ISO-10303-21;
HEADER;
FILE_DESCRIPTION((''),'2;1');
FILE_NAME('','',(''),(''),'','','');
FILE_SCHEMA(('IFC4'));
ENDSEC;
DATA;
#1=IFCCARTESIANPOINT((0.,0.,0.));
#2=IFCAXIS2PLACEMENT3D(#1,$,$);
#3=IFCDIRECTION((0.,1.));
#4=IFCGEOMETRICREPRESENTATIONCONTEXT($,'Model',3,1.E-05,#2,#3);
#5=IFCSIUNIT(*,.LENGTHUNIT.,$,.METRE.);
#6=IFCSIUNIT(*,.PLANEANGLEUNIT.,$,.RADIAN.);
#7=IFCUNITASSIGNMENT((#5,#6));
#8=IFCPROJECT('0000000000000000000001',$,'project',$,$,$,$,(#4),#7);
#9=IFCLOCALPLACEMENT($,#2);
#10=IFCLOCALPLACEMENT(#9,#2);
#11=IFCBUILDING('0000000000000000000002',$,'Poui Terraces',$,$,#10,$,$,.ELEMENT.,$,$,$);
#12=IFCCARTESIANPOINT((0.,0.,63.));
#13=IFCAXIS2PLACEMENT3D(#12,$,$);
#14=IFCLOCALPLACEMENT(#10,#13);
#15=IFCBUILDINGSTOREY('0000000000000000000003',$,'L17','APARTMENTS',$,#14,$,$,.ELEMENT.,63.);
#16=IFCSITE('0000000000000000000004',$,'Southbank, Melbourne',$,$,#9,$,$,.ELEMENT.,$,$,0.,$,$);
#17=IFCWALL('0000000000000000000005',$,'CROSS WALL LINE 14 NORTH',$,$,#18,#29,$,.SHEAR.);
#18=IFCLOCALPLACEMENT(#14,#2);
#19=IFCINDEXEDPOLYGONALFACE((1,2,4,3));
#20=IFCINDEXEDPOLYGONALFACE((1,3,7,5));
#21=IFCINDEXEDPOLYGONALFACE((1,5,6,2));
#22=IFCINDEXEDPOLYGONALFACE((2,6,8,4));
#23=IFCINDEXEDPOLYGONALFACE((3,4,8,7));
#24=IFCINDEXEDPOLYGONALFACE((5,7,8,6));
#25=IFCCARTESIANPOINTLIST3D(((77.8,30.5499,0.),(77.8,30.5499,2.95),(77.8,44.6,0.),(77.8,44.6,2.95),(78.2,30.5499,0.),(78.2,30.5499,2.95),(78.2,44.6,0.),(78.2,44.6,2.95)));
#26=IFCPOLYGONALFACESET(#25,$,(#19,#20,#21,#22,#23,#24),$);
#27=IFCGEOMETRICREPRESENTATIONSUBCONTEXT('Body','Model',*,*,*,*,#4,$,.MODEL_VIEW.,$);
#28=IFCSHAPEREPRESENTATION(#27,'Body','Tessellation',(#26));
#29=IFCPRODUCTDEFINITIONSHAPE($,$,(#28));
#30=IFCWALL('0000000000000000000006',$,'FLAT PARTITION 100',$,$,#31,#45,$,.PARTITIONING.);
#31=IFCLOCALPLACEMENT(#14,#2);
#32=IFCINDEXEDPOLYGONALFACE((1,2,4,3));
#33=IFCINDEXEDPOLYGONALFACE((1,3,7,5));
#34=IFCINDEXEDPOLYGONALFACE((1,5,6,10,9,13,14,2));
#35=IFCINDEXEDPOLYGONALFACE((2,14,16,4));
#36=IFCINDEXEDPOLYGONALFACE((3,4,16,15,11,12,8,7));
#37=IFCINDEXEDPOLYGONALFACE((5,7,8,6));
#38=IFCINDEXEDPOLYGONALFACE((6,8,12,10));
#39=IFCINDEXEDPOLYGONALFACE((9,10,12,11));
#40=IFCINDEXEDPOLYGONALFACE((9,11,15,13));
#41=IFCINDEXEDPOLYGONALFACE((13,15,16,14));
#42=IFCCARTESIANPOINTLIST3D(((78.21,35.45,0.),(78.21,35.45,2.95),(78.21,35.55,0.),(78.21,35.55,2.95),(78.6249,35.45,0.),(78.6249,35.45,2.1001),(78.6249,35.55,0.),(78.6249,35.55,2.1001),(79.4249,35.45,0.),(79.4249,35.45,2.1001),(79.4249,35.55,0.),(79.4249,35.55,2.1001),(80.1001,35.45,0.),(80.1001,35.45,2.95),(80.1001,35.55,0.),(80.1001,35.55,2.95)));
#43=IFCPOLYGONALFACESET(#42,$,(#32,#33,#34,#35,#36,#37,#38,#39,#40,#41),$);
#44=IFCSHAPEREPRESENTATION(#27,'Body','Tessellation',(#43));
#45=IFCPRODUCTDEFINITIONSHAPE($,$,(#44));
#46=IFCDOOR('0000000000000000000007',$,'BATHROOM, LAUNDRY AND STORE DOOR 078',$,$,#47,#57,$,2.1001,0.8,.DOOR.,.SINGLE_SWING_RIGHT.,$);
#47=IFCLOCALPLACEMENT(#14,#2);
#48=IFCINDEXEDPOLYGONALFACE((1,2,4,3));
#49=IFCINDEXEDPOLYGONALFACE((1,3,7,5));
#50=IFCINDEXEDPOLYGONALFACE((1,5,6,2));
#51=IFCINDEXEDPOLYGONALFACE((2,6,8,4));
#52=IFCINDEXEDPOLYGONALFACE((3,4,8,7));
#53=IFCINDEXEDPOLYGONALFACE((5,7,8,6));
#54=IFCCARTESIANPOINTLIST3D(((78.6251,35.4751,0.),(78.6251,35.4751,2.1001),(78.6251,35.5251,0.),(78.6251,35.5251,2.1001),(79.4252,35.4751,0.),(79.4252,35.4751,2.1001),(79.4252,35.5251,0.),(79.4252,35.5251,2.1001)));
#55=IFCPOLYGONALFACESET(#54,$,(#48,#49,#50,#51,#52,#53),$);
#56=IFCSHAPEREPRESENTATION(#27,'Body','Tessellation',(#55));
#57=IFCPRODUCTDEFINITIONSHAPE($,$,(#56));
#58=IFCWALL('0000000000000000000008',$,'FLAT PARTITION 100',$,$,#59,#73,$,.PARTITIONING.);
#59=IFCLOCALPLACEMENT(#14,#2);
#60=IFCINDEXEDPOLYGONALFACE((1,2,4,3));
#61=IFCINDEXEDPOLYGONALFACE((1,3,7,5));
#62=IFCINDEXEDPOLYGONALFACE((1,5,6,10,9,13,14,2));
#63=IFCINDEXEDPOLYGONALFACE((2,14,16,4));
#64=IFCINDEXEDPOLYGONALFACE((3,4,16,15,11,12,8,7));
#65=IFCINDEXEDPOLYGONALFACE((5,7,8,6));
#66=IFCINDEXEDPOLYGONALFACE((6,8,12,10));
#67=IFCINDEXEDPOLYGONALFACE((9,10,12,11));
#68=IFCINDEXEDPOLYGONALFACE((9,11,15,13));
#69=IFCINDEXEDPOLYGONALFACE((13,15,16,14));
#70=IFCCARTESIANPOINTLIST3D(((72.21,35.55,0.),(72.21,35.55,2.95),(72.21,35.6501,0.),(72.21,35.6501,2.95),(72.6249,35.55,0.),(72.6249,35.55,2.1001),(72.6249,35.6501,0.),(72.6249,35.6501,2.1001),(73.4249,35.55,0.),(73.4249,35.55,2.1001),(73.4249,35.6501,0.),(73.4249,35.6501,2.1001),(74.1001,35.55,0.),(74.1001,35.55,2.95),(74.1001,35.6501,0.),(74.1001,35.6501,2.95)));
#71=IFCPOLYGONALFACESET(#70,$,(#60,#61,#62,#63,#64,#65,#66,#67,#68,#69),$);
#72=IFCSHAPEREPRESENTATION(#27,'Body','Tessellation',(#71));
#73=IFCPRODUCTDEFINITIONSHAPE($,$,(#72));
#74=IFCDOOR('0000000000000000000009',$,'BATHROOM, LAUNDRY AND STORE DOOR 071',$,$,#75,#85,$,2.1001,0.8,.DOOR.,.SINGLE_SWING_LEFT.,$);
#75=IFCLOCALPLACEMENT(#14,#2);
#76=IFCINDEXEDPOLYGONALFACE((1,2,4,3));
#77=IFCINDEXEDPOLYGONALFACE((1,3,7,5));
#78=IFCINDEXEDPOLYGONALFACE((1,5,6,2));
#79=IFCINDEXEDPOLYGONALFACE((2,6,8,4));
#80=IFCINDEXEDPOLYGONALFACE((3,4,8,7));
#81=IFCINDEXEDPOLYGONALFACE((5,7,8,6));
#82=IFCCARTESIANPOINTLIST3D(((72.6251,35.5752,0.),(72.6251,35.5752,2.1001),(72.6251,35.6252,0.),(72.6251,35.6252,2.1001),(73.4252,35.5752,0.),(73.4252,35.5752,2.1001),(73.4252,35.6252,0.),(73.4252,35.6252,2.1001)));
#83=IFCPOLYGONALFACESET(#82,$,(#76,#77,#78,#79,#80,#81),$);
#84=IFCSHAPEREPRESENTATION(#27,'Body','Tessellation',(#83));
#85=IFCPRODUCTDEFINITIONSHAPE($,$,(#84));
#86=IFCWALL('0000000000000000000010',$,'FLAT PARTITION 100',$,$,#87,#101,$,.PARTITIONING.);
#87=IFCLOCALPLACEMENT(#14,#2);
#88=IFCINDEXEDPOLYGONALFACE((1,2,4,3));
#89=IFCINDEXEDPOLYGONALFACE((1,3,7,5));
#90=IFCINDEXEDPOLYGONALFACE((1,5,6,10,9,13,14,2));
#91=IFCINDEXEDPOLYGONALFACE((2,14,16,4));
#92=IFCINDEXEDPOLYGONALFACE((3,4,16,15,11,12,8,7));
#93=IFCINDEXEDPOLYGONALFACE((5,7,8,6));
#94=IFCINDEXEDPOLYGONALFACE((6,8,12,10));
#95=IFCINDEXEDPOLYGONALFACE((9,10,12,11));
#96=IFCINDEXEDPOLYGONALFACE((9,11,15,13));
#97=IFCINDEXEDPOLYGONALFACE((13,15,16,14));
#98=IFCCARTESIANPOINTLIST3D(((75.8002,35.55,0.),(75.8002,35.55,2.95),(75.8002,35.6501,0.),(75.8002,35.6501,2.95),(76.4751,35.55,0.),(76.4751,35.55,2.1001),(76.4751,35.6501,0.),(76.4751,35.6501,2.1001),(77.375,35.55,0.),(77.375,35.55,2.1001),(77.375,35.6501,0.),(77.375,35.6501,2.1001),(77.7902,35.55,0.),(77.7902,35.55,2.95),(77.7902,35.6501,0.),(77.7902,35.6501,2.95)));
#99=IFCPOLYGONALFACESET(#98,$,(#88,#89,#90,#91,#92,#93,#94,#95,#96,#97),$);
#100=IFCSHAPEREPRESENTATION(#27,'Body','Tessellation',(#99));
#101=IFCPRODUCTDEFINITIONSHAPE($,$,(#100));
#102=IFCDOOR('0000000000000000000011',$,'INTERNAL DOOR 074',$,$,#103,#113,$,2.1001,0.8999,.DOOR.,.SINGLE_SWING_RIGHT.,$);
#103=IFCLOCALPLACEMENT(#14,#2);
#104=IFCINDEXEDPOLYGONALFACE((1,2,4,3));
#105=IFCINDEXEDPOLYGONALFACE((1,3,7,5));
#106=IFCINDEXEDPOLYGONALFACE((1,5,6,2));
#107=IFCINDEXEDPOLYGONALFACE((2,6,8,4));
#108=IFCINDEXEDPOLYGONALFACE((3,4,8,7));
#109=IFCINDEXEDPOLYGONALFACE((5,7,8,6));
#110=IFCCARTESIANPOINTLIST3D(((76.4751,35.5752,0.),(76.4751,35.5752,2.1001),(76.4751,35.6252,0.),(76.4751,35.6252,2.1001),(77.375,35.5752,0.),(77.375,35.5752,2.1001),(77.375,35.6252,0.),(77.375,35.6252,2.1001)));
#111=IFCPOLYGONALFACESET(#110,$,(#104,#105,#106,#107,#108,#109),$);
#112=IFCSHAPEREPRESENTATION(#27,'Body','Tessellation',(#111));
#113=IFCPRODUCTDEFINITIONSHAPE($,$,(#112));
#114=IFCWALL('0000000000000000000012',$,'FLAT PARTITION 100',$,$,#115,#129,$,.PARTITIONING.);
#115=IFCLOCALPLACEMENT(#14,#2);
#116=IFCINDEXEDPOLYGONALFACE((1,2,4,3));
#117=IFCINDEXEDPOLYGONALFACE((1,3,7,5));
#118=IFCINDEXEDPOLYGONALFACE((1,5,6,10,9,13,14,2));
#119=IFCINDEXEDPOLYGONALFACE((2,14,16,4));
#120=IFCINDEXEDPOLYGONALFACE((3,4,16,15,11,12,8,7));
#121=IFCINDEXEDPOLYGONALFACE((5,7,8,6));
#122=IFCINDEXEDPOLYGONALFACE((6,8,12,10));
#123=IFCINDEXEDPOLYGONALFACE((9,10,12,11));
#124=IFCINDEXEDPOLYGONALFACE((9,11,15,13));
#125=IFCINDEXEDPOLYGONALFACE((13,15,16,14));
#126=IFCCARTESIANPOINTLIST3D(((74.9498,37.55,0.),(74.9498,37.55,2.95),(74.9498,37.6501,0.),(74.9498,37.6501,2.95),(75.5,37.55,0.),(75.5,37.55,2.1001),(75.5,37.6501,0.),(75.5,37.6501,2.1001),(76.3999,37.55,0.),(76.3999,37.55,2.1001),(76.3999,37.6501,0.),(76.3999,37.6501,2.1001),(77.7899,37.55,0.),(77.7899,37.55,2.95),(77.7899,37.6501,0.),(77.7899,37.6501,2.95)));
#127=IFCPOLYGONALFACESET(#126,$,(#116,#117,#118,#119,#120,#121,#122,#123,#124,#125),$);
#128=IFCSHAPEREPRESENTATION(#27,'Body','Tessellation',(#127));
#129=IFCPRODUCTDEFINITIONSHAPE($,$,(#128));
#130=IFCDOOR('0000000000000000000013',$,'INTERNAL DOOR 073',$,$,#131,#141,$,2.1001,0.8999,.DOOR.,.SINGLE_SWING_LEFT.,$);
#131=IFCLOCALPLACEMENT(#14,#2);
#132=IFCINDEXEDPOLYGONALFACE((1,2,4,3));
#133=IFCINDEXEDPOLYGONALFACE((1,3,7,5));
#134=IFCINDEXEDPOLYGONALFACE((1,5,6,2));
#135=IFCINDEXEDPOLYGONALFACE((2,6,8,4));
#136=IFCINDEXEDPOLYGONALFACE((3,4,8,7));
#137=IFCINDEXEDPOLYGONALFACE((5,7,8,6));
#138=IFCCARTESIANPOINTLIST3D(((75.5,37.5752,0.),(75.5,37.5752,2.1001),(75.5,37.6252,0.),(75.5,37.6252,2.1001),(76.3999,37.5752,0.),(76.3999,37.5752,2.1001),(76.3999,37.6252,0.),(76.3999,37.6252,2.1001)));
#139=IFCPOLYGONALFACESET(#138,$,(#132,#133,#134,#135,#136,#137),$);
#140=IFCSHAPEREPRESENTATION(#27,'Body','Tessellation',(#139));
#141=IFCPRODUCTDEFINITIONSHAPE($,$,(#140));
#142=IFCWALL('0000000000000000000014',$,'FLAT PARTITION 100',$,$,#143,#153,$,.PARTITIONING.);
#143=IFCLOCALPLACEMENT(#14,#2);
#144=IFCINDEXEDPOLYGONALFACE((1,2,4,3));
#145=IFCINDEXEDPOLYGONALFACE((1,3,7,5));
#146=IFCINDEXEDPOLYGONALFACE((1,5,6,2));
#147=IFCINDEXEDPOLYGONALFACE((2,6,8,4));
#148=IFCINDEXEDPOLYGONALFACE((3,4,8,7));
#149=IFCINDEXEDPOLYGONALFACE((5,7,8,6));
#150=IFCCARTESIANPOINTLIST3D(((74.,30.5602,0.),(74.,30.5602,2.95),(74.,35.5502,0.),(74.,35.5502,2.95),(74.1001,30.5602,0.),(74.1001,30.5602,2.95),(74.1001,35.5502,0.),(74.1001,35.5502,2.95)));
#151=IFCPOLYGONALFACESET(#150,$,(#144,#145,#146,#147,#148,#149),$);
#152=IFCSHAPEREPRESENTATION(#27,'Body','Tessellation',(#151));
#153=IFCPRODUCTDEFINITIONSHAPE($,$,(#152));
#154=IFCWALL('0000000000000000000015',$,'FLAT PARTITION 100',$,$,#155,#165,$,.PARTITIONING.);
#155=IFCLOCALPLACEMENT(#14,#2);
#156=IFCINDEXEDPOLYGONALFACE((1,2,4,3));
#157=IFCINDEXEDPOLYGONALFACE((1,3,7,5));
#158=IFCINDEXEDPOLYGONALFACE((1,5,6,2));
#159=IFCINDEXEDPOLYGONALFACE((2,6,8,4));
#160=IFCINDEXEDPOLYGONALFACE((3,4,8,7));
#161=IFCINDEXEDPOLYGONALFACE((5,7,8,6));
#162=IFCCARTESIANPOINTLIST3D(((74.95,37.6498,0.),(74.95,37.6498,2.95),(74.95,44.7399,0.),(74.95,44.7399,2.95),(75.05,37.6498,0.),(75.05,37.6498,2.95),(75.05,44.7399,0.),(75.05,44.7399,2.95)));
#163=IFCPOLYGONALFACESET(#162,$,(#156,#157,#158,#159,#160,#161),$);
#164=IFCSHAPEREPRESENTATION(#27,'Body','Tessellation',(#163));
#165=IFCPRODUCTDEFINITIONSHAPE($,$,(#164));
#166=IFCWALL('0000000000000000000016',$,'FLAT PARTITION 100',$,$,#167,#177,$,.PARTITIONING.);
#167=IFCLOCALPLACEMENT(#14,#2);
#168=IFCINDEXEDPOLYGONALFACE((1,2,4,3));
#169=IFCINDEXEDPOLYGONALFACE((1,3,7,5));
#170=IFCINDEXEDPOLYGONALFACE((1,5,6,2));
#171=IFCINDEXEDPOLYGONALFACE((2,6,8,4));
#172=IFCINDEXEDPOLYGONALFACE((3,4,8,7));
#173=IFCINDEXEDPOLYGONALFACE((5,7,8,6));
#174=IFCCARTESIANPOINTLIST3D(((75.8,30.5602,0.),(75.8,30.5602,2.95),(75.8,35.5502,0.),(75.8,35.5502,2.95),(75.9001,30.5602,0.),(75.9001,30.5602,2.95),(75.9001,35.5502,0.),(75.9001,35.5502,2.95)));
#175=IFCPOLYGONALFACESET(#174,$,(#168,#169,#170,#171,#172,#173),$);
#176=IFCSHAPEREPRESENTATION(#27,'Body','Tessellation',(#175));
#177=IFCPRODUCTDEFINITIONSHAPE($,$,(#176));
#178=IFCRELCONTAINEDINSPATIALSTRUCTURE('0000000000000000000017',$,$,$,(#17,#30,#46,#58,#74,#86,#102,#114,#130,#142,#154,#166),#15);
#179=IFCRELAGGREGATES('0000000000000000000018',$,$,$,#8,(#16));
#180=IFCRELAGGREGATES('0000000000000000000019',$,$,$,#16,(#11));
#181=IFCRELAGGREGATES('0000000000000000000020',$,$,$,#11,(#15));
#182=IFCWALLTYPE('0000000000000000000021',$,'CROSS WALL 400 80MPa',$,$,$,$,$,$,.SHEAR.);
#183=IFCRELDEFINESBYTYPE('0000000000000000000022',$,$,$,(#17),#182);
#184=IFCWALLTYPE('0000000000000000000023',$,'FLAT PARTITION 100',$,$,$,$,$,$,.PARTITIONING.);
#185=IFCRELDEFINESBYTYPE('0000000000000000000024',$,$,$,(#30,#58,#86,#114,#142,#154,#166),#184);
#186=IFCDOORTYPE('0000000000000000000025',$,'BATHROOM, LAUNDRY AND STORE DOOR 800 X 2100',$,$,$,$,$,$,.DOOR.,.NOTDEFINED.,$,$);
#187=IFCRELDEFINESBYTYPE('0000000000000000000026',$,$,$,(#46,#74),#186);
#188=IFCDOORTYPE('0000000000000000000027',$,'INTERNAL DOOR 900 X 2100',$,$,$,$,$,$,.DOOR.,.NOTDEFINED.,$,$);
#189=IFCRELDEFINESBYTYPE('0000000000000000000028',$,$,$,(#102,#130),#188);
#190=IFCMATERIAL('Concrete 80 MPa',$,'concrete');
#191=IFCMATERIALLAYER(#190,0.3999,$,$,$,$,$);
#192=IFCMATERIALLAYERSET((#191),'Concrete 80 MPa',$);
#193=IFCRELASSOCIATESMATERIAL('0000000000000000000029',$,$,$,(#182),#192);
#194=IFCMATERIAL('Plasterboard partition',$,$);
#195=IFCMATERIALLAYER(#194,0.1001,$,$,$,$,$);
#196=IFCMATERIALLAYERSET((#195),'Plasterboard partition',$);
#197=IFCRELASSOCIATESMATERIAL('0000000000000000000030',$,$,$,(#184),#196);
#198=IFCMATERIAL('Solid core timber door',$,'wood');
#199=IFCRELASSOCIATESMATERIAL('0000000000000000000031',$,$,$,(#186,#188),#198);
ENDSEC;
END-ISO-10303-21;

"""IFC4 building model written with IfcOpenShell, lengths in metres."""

from ifc_helpers import new_model, si_unit, direction, frame, frame_2d, origin, place, context, subcontext, project, spatial, rectangle, extrude, material, layer, layer_set, type_object, element, fill, save


model = new_model("IFC4")

# Units and contexts
model_context = context("Model", 3, precision=1e-05, world=origin(), true_north=direction((0.0, 1.0)))
body_context = subcontext(model_context, "Body", "Model", "MODEL_VIEW")
ifc_project = project(units=[si_unit("LENGTHUNIT", "METRE"), si_unit("PLANEANGLEUNIT", "RADIAN")], contexts=[model_context])

# Site, building, storey
site_placement = place(None, origin())
site = spatial("IfcSite", under=ifc_project, at=site_placement, Name="Southbank, Melbourne", CompositionType="ELEMENT", RefElevation=0.0)
building_placement = place(site_placement, origin())
building = spatial("IfcBuilding", under=site, at=building_placement, Name="Poui Terraces", CompositionType="ELEMENT")
storey_placement = place(building_placement, frame((0.0, 0.0, 63.0)))
storey = spatial("IfcBuildingStorey", under=building, at=storey_placement, Name="L17", Description="APARTMENTS", CompositionType="ELEMENT", Elevation=63.0)

# Wall
ifc_material_1 = material(Name="Concrete 80 MPa", Category="concrete")
ifc_layer_1 = layer(ifc_material_1, 0.3999)
ifc_layer_set_1 = layer_set([ifc_layer_1], Name="Concrete 80 MPa")
wall_type_1 = type_object("IfcWallType", Name="CROSS WALL 400 80MPa", PredefinedType="SHEAR", material=ifc_layer_set_1)
wall_1_placement = place(storey_placement, frame((78.0, 30.55, 0.0), z_axis=(0.0, 0.0, 1.0), x_axis=(0.0, 1.0, 0.0)))
element("IfcWall", 1, at=wall_1_placement, inside=storey, type_object=wall_type_1, Name="CROSS WALL LINE 14 NORTH", PredefinedType="SHEAR", context=body_context, shape_type="SweptSolid", body=[
    extrude(rectangle(XDim=14.05, YDim=0.3999, at=frame_2d((7.0249, 0.0))), origin(), (0.0, 0.0, 1.0), 2.95),
])

# Walls, openings, doors
ifc_material_2 = material(Name="Plasterboard partition")
ifc_layer_2 = layer(ifc_material_2, 0.1001)
ifc_layer_set_2 = layer_set([ifc_layer_2], Name="Plasterboard partition")
wall_type_2 = type_object("IfcWallType", Name="FLAT PARTITION 100", PredefinedType="PARTITIONING", material=ifc_layer_set_2)
wall_2_placement = place(storey_placement, frame((78.21, 35.5, 0.0), z_axis=(0.0, 0.0, 1.0), x_axis=(1.0, 0.0, 0.0)))
wall_2 = element("IfcWall", 2, at=wall_2_placement, inside=storey, type_object=wall_type_2, Name="FLAT PARTITION 100", PredefinedType="PARTITIONING", context=body_context, shape_type="SweptSolid", body=[
    extrude(rectangle(XDim=1.8901, YDim=0.1001, at=frame_2d((0.9451, 0.0))), origin(), (0.0, 0.0, 1.0), 2.95),
])
opening_1_placement = place(wall_2_placement, frame((0.415, 0.0, 0.0)))
opening_1 = element("IfcOpeningElement", 3, at=opening_1_placement, cuts=wall_2, PredefinedType="OPENING", context=body_context, shape_type="SweptSolid", body=[
    extrude(rectangle(XDim=0.8, YDim=2.1001, at=frame_2d((0.3999, 1.05))), frame((0.0, 0.0601, 0.0), z_axis=(0.0, -1.0, 0.0), x_axis=(1.0, 0.0, 0.0)), (0.0, 0.0, 1.0), 0.1201),
])
ifc_material_3 = material(Name="Solid core timber door", Category="wood")
door_type_1 = type_object("IfcDoorType", Name="BATHROOM, LAUNDRY AND STORE DOOR 800 X 2100", OperationType="NOTDEFINED", PredefinedType="DOOR", material=ifc_material_3)
door_1_placement = place(opening_1_placement, frame((0.8, 0.0, 0.0), z_axis=(0.0, 0.0, 1.0), x_axis=(-1.0, 0.0, 0.0)))
door_1 = element("IfcDoor", 4, at=door_1_placement, inside=storey, type_object=door_type_1, Name="BATHROOM, LAUNDRY AND STORE DOOR 078", OperationType="SINGLE_SWING_RIGHT", OverallHeight=2.1001, OverallWidth=0.8, PredefinedType="DOOR", context=body_context, shape_type="SweptSolid", body=[
    extrude(rectangle(XDim=0.8, YDim=2.1001, at=frame_2d((0.3999, 1.05))), frame((0.0, 0.0249, 0.0), z_axis=(0.0, -1.0, 0.0), x_axis=(1.0, 0.0, 0.0)), (0.0, 0.0, 1.0), 0.05),
])
fill(opening_1, door_1)
wall_3_placement = place(storey_placement, frame((72.21, 35.6001, 0.0), z_axis=(0.0, 0.0, 1.0), x_axis=(1.0, 0.0, 0.0)))
wall_3 = element("IfcWall", 5, at=wall_3_placement, inside=storey, type_object=wall_type_2, Name="FLAT PARTITION 100", PredefinedType="PARTITIONING", context=body_context, shape_type="SweptSolid", body=[
    extrude(rectangle(XDim=1.8901, YDim=0.1001, at=frame_2d((0.9451, 0.0))), origin(), (0.0, 0.0, 1.0), 2.95),
])
opening_2_placement = place(wall_3_placement, frame((0.415, 0.0, 0.0)))
opening_2 = element("IfcOpeningElement", 6, at=opening_2_placement, cuts=wall_3, PredefinedType="OPENING", context=body_context, shape_type="SweptSolid", body=[
    extrude(rectangle(XDim=0.8, YDim=2.1001, at=frame_2d((0.3999, 1.05))), frame((0.0, 0.0601, 0.0), z_axis=(0.0, -1.0, 0.0), x_axis=(1.0, 0.0, 0.0)), (0.0, 0.0, 1.0), 0.1201),
])
door_2_placement = place(opening_2_placement, frame((0.8, 0.0, 0.0), z_axis=(0.0, 0.0, 1.0), x_axis=(-1.0, 0.0, 0.0)))
door_2 = element("IfcDoor", 7, at=door_2_placement, inside=storey, type_object=door_type_1, Name="BATHROOM, LAUNDRY AND STORE DOOR 071", OperationType="SINGLE_SWING_LEFT", OverallHeight=2.1001, OverallWidth=0.8, PredefinedType="DOOR", context=body_context, shape_type="SweptSolid", body=[
    extrude(rectangle(XDim=0.8, YDim=2.1001, at=frame_2d((0.3999, 1.05))), frame((0.0, 0.0249, 0.0), z_axis=(0.0, -1.0, 0.0), x_axis=(1.0, 0.0, 0.0)), (0.0, 0.0, 1.0), 0.05),
])
fill(opening_2, door_2)
wall_4_placement = place(storey_placement, frame((75.8, 35.6001, 0.0), z_axis=(0.0, 0.0, 1.0), x_axis=(1.0, 0.0, 0.0)))
wall_4 = element("IfcWall", 8, at=wall_4_placement, inside=storey, type_object=wall_type_2, Name="FLAT PARTITION 100", PredefinedType="PARTITIONING", context=body_context, shape_type="SweptSolid", body=[
    extrude(rectangle(XDim=1.99, YDim=0.1001, at=frame_2d((0.9951, 0.0))), origin(), (0.0, 0.0, 1.0), 2.95),
])
opening_3_placement = place(wall_4_placement, frame((0.675, 0.0, 0.0)))
opening_3 = element("IfcOpeningElement", 9, at=opening_3_placement, cuts=wall_4, PredefinedType="OPENING", context=body_context, shape_type="SweptSolid", body=[
    extrude(rectangle(XDim=0.8999, YDim=2.1001, at=frame_2d((0.45, 1.05))), frame((0.0, 0.0601, 0.0), z_axis=(0.0, -1.0, 0.0), x_axis=(1.0, 0.0, 0.0)), (0.0, 0.0, 1.0), 0.1201),
])
door_type_2 = type_object("IfcDoorType", Name="INTERNAL DOOR 900 X 2100", OperationType="NOTDEFINED", PredefinedType="DOOR", material=ifc_material_3)
door_3_placement = place(opening_3_placement, frame((0.8999, 0.0, 0.0), z_axis=(0.0, 0.0, 1.0), x_axis=(-1.0, 0.0, 0.0)))
door_3 = element("IfcDoor", 10, at=door_3_placement, inside=storey, type_object=door_type_2, Name="INTERNAL DOOR 074", OperationType="SINGLE_SWING_RIGHT", OverallHeight=2.1001, OverallWidth=0.8999, PredefinedType="DOOR", context=body_context, shape_type="SweptSolid", body=[
    extrude(rectangle(XDim=0.8999, YDim=2.1001, at=frame_2d((0.45, 1.05))), frame((0.0, 0.0249, 0.0), z_axis=(0.0, -1.0, 0.0), x_axis=(1.0, 0.0, 0.0)), (0.0, 0.0, 1.0), 0.05),
])
fill(opening_3, door_3)
wall_5_placement = place(storey_placement, frame((74.95, 37.6001, 0.0), z_axis=(0.0, 0.0, 1.0), x_axis=(1.0, 0.0, 0.0)))
wall_5 = element("IfcWall", 11, at=wall_5_placement, inside=storey, type_object=wall_type_2, Name="FLAT PARTITION 100", PredefinedType="PARTITIONING", context=body_context, shape_type="SweptSolid", body=[
    extrude(rectangle(XDim=2.8401, YDim=0.1001, at=frame_2d((1.4199, 0.0))), origin(), (0.0, 0.0, 1.0), 2.95),
])
opening_4_placement = place(wall_5_placement, frame((0.55, 0.0, 0.0)))
opening_4 = element("IfcOpeningElement", 12, at=opening_4_placement, cuts=wall_5, PredefinedType="OPENING", context=body_context, shape_type="SweptSolid", body=[
    extrude(rectangle(XDim=0.8999, YDim=2.1001, at=frame_2d((0.45, 1.05))), frame((0.0, 0.0601, 0.0), z_axis=(0.0, -1.0, 0.0), x_axis=(1.0, 0.0, 0.0)), (0.0, 0.0, 1.0), 0.1201),
])
door_4_placement = place(opening_4_placement, frame((0.8999, 0.0, 0.0), z_axis=(0.0, 0.0, 1.0), x_axis=(-1.0, 0.0, 0.0)))
door_4 = element("IfcDoor", 13, at=door_4_placement, inside=storey, type_object=door_type_2, Name="INTERNAL DOOR 073", OperationType="SINGLE_SWING_LEFT", OverallHeight=2.1001, OverallWidth=0.8999, PredefinedType="DOOR", context=body_context, shape_type="SweptSolid", body=[
    extrude(rectangle(XDim=0.8999, YDim=2.1001, at=frame_2d((0.45, 1.05))), frame((0.0, 0.0249, 0.0), z_axis=(0.0, -1.0, 0.0), x_axis=(1.0, 0.0, 0.0)), (0.0, 0.0, 1.0), 0.05),
])
fill(opening_4, door_4)

# Walls
wall_6_placement = place(storey_placement, frame((74.05, 30.5601, 0.0), z_axis=(0.0, 0.0, 1.0), x_axis=(0.0, 1.0, 0.0)))
element("IfcWall", 14, at=wall_6_placement, inside=storey, type_object=wall_type_2, Name="FLAT PARTITION 100", PredefinedType="PARTITIONING", context=body_context, shape_type="SweptSolid", body=[
    extrude(rectangle(XDim=4.99, YDim=0.1001, at=frame_2d((2.4951, 0.0))), origin(), (0.0, 0.0, 1.0), 2.95),
])
wall_7_placement = place(storey_placement, frame((75.0, 37.6499, 0.0), z_axis=(0.0, 0.0, 1.0), x_axis=(0.0, 1.0, 0.0)))
element("IfcWall", 15, at=wall_7_placement, inside=storey, type_object=wall_type_2, Name="FLAT PARTITION 100", PredefinedType="PARTITIONING", context=body_context, shape_type="SweptSolid", body=[
    extrude(rectangle(XDim=7.0901, YDim=0.1001, at=frame_2d((3.5449, 0.0))), origin(), (0.0, 0.0, 1.0), 2.95),
])
wall_8_placement = place(storey_placement, frame((75.8501, 30.5601, 0.0), z_axis=(0.0, 0.0, 1.0), x_axis=(0.0, 1.0, 0.0)))
element("IfcWall", 16, at=wall_8_placement, inside=storey, type_object=wall_type_2, Name="FLAT PARTITION 100", PredefinedType="PARTITIONING", context=body_context, shape_type="SweptSolid", body=[
    extrude(rectangle(XDim=4.99, YDim=0.1001, at=frame_2d((2.4951, 0.0))), origin(), (0.0, 0.0, 1.0), 2.95),
])

save(model, "model.ifc")
